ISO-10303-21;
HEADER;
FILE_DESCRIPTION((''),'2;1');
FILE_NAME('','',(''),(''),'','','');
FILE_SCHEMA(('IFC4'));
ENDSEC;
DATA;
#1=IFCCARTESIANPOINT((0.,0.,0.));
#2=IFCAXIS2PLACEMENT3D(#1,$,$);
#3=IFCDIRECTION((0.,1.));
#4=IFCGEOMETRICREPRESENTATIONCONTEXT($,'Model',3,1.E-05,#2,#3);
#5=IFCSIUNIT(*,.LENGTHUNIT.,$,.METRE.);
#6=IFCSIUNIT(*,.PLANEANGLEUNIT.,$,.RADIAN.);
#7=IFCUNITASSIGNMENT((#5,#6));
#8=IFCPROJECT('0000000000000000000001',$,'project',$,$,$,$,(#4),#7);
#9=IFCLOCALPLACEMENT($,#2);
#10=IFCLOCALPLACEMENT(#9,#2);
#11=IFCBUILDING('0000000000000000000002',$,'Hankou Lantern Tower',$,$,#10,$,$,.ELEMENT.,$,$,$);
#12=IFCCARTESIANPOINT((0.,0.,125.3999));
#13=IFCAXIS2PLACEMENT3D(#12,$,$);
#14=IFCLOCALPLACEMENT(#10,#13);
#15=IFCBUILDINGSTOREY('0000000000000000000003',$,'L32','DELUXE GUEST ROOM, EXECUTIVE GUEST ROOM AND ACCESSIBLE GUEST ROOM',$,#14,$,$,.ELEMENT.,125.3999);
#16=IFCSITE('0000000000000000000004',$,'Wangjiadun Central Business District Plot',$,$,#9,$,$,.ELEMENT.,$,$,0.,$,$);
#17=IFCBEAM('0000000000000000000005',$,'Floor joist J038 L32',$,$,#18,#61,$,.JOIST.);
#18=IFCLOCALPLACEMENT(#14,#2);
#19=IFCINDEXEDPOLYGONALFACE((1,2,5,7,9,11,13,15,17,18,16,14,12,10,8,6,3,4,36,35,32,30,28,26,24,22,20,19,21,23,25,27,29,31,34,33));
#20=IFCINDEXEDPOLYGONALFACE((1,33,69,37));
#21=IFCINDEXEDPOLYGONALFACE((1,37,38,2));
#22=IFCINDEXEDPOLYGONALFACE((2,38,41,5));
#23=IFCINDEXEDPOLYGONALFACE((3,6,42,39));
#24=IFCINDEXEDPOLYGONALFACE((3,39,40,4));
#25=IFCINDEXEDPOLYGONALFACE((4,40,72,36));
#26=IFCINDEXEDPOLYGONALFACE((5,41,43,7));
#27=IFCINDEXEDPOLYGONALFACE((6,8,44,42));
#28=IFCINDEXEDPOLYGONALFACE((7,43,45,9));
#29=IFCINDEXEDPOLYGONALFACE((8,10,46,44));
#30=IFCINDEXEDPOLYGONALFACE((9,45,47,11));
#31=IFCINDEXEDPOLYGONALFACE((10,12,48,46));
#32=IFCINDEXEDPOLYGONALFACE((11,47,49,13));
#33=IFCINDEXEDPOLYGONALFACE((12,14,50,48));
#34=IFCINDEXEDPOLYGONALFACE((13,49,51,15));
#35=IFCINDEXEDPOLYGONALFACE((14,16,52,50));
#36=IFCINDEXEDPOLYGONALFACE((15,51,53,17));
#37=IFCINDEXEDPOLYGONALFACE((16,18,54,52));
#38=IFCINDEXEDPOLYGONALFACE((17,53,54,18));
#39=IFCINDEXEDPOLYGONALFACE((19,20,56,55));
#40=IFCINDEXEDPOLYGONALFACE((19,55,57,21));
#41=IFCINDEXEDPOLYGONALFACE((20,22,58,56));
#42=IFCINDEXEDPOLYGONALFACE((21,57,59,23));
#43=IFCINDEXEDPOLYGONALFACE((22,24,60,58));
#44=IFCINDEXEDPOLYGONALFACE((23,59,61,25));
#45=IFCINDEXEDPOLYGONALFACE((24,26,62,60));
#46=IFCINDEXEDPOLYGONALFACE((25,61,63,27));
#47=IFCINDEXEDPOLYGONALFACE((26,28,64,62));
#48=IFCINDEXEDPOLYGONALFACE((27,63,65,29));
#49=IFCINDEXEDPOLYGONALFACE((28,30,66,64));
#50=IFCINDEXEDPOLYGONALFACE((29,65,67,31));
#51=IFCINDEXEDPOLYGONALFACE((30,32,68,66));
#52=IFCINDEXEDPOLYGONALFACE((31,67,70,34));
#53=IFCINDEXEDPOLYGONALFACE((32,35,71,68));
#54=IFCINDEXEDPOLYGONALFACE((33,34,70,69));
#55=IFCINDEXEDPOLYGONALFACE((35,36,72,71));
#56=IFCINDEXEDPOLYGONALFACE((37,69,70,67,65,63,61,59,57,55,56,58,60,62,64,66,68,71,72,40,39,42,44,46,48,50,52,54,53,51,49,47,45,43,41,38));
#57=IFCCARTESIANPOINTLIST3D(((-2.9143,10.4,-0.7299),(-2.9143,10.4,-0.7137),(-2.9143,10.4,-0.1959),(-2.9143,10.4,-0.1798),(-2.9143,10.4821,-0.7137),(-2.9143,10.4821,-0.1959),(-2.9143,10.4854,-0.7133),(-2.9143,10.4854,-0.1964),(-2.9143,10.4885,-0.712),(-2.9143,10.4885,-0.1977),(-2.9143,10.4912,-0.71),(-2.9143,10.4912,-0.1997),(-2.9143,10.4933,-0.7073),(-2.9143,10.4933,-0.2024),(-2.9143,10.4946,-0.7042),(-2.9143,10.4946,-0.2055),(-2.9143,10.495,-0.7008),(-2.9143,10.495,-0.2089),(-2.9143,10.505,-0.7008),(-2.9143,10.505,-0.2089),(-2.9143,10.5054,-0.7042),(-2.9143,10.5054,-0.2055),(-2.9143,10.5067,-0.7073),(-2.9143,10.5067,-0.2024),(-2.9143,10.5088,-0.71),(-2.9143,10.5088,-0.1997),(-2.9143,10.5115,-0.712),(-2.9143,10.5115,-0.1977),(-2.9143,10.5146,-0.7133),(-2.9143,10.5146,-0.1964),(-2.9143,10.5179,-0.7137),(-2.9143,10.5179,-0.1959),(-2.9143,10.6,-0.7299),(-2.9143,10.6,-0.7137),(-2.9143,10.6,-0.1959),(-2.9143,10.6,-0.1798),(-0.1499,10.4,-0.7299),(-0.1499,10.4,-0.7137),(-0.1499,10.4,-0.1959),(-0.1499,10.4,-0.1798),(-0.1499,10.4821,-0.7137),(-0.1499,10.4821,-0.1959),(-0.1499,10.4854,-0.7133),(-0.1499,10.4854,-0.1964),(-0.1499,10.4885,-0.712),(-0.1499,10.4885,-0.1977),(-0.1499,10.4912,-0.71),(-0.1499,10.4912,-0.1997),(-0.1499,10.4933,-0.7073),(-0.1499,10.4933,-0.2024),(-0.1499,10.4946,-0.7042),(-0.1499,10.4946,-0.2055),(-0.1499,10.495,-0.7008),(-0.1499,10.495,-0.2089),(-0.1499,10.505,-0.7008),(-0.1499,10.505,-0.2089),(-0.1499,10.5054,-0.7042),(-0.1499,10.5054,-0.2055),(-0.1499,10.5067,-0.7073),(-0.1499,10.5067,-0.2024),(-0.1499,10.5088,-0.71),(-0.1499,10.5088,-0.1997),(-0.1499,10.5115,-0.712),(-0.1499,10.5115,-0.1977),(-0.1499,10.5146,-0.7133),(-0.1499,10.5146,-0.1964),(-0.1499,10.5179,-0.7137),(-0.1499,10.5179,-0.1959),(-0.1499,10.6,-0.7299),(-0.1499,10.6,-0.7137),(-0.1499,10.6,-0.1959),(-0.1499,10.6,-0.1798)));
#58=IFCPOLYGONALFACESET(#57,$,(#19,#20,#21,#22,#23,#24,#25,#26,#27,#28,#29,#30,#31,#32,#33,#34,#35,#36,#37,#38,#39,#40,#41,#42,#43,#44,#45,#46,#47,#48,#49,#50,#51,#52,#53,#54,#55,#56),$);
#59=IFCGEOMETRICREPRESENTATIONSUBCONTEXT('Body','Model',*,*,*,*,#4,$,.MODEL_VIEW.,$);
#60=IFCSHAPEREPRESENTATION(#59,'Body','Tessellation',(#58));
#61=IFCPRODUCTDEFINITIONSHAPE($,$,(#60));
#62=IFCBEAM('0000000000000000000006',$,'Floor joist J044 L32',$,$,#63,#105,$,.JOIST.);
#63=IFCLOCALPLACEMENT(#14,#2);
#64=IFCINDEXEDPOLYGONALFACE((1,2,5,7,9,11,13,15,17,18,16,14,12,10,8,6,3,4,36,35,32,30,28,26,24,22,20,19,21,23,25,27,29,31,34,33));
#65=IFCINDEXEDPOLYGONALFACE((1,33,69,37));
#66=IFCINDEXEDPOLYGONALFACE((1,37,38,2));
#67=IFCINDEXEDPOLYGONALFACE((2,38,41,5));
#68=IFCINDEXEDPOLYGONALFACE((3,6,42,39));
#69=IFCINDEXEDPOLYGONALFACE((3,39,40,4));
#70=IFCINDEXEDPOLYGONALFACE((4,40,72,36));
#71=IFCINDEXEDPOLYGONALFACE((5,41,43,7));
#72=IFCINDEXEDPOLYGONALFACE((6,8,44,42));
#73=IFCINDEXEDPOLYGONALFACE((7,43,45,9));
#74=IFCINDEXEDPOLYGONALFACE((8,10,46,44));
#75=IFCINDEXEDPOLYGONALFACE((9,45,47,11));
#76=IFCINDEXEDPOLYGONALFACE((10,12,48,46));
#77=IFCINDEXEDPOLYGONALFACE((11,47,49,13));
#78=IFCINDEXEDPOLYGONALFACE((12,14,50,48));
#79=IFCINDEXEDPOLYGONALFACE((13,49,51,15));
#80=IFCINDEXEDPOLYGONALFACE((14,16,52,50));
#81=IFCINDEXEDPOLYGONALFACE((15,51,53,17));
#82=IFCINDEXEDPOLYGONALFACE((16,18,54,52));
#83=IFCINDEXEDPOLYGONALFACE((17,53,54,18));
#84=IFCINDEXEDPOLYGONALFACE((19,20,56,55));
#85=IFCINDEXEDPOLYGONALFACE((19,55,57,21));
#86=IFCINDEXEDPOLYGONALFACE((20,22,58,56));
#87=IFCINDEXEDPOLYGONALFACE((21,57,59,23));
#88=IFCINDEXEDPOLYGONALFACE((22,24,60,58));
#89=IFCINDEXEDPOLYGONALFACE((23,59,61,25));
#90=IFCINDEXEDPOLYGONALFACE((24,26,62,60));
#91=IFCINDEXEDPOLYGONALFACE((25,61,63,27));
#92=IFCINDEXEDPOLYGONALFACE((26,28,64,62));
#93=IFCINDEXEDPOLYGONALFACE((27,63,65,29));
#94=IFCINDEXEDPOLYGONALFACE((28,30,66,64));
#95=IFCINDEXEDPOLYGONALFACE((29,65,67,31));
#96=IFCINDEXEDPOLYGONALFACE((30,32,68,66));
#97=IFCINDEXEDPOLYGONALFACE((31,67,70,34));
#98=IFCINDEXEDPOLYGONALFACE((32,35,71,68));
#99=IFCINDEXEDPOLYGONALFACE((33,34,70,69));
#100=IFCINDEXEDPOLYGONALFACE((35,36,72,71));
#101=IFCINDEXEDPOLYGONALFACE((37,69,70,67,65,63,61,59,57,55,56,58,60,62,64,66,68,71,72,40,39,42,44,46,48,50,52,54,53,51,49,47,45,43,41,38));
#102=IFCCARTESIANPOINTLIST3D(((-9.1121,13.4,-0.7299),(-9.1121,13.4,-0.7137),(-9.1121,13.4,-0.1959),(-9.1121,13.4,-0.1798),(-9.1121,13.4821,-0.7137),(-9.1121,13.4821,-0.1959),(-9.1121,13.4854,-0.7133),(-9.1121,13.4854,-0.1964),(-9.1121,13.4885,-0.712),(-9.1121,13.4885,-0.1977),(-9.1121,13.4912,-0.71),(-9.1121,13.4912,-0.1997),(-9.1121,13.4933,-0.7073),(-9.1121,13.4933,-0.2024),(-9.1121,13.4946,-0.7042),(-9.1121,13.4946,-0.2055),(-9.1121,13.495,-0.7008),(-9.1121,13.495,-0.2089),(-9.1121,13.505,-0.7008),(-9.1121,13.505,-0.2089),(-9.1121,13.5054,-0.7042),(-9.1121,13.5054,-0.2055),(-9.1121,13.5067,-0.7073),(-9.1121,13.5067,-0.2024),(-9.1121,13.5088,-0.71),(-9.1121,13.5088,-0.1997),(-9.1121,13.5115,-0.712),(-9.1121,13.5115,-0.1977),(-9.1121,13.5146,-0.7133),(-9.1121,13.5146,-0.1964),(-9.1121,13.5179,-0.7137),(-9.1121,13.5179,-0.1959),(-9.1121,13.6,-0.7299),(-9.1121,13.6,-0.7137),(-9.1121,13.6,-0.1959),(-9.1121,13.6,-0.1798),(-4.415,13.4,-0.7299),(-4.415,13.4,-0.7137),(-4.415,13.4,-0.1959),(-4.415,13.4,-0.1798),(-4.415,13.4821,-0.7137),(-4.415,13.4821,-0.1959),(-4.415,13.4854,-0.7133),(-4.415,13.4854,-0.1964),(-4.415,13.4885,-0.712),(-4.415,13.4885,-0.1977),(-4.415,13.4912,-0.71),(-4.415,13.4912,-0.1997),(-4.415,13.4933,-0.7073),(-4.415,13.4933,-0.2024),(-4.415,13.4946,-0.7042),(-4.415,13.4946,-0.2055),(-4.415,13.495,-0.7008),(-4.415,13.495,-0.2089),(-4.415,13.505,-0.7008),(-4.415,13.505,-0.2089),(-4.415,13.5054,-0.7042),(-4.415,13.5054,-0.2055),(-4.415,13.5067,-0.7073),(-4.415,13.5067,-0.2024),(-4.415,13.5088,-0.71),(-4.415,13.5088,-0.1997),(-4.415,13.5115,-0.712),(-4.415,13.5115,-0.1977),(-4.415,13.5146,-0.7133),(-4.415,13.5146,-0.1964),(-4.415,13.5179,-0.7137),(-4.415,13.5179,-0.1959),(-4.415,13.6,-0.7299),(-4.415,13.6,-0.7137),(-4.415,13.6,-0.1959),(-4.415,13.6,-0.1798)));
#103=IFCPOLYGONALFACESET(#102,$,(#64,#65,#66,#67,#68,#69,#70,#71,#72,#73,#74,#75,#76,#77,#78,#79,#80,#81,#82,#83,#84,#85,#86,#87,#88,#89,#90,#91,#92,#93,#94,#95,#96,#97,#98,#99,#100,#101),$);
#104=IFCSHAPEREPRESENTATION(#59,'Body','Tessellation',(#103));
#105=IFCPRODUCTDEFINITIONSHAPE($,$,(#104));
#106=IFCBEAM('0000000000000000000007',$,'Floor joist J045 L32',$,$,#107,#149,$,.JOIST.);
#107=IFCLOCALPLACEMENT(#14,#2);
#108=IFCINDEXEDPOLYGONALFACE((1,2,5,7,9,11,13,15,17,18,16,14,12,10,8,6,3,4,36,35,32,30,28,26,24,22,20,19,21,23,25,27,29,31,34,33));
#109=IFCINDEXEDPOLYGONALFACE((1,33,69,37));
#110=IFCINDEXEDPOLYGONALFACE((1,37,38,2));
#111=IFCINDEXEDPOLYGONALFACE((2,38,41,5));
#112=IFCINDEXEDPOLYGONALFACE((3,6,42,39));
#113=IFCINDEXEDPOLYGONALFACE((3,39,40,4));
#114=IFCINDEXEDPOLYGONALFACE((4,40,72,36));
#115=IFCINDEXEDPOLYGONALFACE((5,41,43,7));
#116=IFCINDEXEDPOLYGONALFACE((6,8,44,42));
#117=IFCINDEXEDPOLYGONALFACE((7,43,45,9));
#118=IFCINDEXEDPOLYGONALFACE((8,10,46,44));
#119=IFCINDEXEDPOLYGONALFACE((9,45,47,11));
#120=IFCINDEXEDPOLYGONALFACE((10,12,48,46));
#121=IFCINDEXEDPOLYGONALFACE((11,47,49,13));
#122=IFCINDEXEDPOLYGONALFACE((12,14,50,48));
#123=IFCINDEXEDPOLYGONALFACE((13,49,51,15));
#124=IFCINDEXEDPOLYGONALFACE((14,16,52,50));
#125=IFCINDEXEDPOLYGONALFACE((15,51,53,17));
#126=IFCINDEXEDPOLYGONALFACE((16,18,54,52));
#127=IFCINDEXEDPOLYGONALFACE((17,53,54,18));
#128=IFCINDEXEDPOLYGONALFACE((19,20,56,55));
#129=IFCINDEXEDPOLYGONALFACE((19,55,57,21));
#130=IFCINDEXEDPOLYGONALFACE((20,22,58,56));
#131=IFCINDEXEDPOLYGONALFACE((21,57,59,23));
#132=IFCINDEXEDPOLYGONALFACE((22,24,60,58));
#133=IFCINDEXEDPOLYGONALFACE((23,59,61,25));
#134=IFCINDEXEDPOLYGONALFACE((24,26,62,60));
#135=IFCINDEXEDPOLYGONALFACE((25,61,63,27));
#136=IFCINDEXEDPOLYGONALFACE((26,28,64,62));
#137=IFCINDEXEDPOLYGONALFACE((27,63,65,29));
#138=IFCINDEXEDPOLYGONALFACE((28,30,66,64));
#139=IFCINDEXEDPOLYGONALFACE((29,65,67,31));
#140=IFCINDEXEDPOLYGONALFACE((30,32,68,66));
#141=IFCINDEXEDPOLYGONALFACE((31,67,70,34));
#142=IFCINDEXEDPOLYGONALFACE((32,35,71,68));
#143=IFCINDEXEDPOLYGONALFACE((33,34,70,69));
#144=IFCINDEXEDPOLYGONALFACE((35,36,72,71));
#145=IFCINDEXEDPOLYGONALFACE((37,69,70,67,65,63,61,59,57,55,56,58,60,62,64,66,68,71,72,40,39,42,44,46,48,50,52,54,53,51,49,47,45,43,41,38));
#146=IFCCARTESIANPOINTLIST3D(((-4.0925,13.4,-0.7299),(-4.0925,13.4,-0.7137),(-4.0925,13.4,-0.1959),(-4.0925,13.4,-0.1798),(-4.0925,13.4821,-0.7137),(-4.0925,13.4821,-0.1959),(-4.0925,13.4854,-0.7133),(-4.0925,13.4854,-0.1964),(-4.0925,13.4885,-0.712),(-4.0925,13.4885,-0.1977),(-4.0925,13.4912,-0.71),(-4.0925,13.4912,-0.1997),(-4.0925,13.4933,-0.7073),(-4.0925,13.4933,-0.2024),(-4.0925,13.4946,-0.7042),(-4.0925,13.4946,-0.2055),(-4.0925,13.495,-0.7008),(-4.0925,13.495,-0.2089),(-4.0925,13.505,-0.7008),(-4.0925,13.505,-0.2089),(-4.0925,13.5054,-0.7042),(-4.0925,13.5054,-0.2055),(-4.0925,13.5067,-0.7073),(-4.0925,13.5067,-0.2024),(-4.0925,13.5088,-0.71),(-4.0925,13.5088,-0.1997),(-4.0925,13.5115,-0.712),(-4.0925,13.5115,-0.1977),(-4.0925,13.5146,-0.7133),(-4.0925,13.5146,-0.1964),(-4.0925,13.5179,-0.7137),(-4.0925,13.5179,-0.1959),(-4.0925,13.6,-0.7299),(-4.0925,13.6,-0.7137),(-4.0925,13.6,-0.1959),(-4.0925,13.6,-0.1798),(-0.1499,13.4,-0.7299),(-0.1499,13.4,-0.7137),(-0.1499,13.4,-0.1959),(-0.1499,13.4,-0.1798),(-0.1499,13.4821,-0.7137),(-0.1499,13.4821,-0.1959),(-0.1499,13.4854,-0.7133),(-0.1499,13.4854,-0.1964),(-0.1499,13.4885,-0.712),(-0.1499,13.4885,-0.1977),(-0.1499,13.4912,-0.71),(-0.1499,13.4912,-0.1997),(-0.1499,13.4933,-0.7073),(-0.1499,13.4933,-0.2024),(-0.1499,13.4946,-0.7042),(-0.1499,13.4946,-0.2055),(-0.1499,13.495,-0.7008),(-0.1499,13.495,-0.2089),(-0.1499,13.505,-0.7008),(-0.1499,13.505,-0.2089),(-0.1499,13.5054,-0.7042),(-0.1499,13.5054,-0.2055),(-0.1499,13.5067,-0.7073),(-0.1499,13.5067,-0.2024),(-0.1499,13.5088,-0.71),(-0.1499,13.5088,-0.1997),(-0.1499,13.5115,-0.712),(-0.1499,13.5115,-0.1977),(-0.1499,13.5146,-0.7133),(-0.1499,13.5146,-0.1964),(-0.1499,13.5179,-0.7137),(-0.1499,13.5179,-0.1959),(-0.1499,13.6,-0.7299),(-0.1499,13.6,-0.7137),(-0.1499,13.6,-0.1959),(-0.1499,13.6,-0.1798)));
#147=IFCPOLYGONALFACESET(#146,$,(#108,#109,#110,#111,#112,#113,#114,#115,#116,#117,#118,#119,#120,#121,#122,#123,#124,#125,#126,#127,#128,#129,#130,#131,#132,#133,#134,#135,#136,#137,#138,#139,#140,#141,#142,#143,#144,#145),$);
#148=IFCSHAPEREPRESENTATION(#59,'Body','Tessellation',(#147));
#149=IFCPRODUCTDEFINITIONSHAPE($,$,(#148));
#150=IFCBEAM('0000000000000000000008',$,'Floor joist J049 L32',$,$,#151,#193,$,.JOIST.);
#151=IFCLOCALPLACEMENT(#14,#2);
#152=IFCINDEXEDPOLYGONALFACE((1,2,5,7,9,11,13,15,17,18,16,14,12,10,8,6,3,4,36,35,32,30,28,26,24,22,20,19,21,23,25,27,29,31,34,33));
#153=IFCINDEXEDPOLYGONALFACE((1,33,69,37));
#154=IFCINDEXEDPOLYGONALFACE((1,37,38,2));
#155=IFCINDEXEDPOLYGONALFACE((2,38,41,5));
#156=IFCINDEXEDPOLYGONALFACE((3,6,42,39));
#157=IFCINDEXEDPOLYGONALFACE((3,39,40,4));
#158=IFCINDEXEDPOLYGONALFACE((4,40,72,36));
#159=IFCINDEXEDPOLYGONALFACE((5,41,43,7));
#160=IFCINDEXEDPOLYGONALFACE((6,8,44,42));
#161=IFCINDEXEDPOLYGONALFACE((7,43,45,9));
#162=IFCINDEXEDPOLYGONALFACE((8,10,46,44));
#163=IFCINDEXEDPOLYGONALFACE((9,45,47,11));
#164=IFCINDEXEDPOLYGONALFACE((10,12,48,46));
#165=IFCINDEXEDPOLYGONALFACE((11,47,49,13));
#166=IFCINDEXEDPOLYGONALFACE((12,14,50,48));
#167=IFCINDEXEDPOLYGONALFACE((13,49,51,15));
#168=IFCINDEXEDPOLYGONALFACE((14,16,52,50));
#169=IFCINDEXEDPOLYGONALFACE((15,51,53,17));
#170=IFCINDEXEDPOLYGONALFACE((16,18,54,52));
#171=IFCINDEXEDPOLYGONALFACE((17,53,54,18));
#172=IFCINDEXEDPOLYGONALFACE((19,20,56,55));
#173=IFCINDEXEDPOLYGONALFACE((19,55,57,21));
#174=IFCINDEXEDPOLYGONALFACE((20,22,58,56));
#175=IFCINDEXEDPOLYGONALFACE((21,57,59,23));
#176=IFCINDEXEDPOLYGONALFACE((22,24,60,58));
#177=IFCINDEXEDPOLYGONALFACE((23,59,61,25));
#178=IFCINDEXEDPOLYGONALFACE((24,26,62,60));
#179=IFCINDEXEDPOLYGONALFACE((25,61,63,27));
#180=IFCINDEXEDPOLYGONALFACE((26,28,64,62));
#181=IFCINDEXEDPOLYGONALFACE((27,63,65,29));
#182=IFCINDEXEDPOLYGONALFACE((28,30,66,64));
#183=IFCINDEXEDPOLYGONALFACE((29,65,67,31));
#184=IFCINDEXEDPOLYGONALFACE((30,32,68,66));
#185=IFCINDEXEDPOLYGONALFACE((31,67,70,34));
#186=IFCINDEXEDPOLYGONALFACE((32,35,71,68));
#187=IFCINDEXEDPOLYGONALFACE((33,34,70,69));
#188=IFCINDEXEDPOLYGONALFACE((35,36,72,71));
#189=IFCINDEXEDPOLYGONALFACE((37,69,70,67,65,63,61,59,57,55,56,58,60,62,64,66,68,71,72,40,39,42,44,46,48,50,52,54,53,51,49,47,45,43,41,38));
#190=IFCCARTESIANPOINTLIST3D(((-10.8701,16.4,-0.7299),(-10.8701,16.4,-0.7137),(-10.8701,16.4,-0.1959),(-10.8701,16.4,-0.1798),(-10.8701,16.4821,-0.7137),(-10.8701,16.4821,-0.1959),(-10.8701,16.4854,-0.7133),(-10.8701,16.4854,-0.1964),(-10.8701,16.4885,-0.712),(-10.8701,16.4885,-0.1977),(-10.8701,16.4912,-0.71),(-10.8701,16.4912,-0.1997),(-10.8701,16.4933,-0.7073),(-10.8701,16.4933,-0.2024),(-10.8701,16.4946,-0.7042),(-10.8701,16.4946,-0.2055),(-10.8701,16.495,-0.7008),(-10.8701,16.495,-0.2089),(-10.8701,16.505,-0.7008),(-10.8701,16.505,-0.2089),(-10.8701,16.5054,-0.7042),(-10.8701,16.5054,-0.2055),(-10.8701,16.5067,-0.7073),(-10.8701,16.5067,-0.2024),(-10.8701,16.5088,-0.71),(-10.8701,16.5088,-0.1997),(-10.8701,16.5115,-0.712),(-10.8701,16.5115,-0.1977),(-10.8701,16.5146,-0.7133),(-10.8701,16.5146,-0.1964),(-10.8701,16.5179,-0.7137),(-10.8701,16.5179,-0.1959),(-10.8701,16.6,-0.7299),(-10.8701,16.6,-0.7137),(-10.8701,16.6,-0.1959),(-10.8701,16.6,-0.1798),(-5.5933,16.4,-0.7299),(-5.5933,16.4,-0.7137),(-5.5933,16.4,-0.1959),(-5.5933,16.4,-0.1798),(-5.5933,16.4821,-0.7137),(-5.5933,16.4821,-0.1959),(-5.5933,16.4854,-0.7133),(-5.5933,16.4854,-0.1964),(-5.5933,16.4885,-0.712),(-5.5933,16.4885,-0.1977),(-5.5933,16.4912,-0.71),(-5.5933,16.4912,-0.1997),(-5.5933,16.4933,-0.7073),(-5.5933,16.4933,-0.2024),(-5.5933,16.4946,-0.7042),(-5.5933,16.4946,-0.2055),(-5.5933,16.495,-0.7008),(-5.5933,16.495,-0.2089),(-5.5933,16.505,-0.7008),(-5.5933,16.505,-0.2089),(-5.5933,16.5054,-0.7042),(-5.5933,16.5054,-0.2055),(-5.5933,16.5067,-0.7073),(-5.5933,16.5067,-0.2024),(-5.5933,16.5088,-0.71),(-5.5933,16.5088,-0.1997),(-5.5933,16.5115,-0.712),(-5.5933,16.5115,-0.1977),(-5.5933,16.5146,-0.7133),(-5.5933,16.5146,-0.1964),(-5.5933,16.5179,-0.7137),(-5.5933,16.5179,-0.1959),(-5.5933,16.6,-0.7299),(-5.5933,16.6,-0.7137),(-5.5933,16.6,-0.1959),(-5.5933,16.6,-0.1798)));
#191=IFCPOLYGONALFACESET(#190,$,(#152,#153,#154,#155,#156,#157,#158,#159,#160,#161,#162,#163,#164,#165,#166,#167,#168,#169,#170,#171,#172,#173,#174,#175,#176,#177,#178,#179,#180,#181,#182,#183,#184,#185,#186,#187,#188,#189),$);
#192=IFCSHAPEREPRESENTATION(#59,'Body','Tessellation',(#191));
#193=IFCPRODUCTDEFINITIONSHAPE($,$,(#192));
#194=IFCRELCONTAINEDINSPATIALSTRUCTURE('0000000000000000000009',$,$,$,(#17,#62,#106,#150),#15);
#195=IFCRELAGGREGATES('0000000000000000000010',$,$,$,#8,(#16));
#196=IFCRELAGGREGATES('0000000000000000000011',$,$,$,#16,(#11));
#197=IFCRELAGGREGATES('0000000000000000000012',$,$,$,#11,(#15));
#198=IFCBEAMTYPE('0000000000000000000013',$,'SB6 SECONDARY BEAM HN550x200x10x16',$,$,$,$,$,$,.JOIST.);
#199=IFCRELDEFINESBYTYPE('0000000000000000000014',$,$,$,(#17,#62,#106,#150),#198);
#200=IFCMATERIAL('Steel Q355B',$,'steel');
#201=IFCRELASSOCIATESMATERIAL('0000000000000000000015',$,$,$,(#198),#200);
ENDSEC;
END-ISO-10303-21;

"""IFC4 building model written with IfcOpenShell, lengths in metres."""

from ifc_helpers import new_model, si_unit, direction, frame, origin, origin_2d, place, context, subcontext, project, spatial, i_section, extrude, material, material_profile, profile_set, type_object, element, save


model = new_model("IFC4")

# Units and contexts
model_context = context("Model", 3, precision=1e-05, world=origin(), true_north=direction((0.0, 1.0)))
body_context = subcontext(model_context, "Body", "Model", "MODEL_VIEW")
ifc_project = project(units=[si_unit("LENGTHUNIT", "METRE"), si_unit("PLANEANGLEUNIT", "RADIAN")], contexts=[model_context])

# Site, building, storey
site_placement = place(None, origin())
site = spatial("IfcSite", under=ifc_project, at=site_placement, Name="Wangjiadun Central Business District Plot", CompositionType="ELEMENT", RefElevation=0.0)
building_placement = place(site_placement, origin())
building = spatial("IfcBuilding", under=site, at=building_placement, Name="Hankou Lantern Tower", CompositionType="ELEMENT")
storey_placement = place(building_placement, frame((0.0, 0.0, 125.3999)))
storey = spatial("IfcBuildingStorey", under=building, at=storey_placement, Name="L32", Description="DELUXE GUEST ROOM, EXECUTIVE GUEST ROOM AND ACCESSIBLE GUEST ROOM", CompositionType="ELEMENT", Elevation=125.3999)

# Beams
ifc_material_1 = material(Name="Steel Q355B", Category="steel")
ifc_material_profile_1 = material_profile(ifc_material_1, i_section(OverallWidth=0.2, OverallDepth=0.55, WebThickness=0.01, FlangeThickness=0.0161, FilletRadius=0.0129, at=origin_2d()), Name="HN550x200x10x16")
ifc_profile_set_1 = profile_set([ifc_material_profile_1], Name="Steel Q355B")
beam_type_1 = type_object("IfcBeamType", Name="SB6 SECONDARY BEAM HN550x200x10x16", PredefinedType="JOIST", material=ifc_profile_set_1)
beam_1_placement = place(storey_placement, frame((-2.9143, 10.5, -0.4548), z_axis=(1.0, 0.0, 0.0), x_axis=(0.0, 1.0, 0.0)))
element("IfcBeam", 1, at=beam_1_placement, inside=storey, type_object=beam_type_1, Name="Floor joist J038 L32", PredefinedType="JOIST", context=body_context, shape_type="SweptSolid", body=[
    extrude(i_section(OverallWidth=0.2, OverallDepth=0.55, WebThickness=0.01, FlangeThickness=0.0161, FilletRadius=0.0129, at=origin_2d()), origin(), (0.0, 0.0, 1.0), 2.7644),
])
beam_2_placement = place(storey_placement, frame((-9.1121, 13.5, -0.4548), z_axis=(1.0, 0.0, 0.0), x_axis=(0.0, 1.0, 0.0)))
element("IfcBeam", 2, at=beam_2_placement, inside=storey, type_object=beam_type_1, Name="Floor joist J044 L32", PredefinedType="JOIST", context=body_context, shape_type="SweptSolid", body=[
    extrude(i_section(OverallWidth=0.2, OverallDepth=0.55, WebThickness=0.01, FlangeThickness=0.0161, FilletRadius=0.0129, at=origin_2d()), origin(), (0.0, 0.0, 1.0), 4.697),
])
beam_3_placement = place(storey_placement, frame((-4.0925, 13.5, -0.4548), z_axis=(1.0, 0.0, 0.0), x_axis=(0.0, 1.0, 0.0)))
element("IfcBeam", 3, at=beam_3_placement, inside=storey, type_object=beam_type_1, Name="Floor joist J045 L32", PredefinedType="JOIST", context=body_context, shape_type="SweptSolid", body=[
    extrude(i_section(OverallWidth=0.2, OverallDepth=0.55, WebThickness=0.01, FlangeThickness=0.0161, FilletRadius=0.0129, at=origin_2d()), origin(), (0.0, 0.0, 1.0), 3.9426),
])
beam_4_placement = place(storey_placement, frame((-10.8701, 16.5, -0.4548), z_axis=(1.0, 0.0, 0.0), x_axis=(0.0, 1.0, 0.0)))
element("IfcBeam", 4, at=beam_4_placement, inside=storey, type_object=beam_type_1, Name="Floor joist J049 L32", PredefinedType="JOIST", context=body_context, shape_type="SweptSolid", body=[
    extrude(i_section(OverallWidth=0.2, OverallDepth=0.55, WebThickness=0.01, FlangeThickness=0.0161, FilletRadius=0.0129, at=origin_2d()), origin(), (0.0, 0.0, 1.0), 5.2769),
])

save(model, "model.ifc")
